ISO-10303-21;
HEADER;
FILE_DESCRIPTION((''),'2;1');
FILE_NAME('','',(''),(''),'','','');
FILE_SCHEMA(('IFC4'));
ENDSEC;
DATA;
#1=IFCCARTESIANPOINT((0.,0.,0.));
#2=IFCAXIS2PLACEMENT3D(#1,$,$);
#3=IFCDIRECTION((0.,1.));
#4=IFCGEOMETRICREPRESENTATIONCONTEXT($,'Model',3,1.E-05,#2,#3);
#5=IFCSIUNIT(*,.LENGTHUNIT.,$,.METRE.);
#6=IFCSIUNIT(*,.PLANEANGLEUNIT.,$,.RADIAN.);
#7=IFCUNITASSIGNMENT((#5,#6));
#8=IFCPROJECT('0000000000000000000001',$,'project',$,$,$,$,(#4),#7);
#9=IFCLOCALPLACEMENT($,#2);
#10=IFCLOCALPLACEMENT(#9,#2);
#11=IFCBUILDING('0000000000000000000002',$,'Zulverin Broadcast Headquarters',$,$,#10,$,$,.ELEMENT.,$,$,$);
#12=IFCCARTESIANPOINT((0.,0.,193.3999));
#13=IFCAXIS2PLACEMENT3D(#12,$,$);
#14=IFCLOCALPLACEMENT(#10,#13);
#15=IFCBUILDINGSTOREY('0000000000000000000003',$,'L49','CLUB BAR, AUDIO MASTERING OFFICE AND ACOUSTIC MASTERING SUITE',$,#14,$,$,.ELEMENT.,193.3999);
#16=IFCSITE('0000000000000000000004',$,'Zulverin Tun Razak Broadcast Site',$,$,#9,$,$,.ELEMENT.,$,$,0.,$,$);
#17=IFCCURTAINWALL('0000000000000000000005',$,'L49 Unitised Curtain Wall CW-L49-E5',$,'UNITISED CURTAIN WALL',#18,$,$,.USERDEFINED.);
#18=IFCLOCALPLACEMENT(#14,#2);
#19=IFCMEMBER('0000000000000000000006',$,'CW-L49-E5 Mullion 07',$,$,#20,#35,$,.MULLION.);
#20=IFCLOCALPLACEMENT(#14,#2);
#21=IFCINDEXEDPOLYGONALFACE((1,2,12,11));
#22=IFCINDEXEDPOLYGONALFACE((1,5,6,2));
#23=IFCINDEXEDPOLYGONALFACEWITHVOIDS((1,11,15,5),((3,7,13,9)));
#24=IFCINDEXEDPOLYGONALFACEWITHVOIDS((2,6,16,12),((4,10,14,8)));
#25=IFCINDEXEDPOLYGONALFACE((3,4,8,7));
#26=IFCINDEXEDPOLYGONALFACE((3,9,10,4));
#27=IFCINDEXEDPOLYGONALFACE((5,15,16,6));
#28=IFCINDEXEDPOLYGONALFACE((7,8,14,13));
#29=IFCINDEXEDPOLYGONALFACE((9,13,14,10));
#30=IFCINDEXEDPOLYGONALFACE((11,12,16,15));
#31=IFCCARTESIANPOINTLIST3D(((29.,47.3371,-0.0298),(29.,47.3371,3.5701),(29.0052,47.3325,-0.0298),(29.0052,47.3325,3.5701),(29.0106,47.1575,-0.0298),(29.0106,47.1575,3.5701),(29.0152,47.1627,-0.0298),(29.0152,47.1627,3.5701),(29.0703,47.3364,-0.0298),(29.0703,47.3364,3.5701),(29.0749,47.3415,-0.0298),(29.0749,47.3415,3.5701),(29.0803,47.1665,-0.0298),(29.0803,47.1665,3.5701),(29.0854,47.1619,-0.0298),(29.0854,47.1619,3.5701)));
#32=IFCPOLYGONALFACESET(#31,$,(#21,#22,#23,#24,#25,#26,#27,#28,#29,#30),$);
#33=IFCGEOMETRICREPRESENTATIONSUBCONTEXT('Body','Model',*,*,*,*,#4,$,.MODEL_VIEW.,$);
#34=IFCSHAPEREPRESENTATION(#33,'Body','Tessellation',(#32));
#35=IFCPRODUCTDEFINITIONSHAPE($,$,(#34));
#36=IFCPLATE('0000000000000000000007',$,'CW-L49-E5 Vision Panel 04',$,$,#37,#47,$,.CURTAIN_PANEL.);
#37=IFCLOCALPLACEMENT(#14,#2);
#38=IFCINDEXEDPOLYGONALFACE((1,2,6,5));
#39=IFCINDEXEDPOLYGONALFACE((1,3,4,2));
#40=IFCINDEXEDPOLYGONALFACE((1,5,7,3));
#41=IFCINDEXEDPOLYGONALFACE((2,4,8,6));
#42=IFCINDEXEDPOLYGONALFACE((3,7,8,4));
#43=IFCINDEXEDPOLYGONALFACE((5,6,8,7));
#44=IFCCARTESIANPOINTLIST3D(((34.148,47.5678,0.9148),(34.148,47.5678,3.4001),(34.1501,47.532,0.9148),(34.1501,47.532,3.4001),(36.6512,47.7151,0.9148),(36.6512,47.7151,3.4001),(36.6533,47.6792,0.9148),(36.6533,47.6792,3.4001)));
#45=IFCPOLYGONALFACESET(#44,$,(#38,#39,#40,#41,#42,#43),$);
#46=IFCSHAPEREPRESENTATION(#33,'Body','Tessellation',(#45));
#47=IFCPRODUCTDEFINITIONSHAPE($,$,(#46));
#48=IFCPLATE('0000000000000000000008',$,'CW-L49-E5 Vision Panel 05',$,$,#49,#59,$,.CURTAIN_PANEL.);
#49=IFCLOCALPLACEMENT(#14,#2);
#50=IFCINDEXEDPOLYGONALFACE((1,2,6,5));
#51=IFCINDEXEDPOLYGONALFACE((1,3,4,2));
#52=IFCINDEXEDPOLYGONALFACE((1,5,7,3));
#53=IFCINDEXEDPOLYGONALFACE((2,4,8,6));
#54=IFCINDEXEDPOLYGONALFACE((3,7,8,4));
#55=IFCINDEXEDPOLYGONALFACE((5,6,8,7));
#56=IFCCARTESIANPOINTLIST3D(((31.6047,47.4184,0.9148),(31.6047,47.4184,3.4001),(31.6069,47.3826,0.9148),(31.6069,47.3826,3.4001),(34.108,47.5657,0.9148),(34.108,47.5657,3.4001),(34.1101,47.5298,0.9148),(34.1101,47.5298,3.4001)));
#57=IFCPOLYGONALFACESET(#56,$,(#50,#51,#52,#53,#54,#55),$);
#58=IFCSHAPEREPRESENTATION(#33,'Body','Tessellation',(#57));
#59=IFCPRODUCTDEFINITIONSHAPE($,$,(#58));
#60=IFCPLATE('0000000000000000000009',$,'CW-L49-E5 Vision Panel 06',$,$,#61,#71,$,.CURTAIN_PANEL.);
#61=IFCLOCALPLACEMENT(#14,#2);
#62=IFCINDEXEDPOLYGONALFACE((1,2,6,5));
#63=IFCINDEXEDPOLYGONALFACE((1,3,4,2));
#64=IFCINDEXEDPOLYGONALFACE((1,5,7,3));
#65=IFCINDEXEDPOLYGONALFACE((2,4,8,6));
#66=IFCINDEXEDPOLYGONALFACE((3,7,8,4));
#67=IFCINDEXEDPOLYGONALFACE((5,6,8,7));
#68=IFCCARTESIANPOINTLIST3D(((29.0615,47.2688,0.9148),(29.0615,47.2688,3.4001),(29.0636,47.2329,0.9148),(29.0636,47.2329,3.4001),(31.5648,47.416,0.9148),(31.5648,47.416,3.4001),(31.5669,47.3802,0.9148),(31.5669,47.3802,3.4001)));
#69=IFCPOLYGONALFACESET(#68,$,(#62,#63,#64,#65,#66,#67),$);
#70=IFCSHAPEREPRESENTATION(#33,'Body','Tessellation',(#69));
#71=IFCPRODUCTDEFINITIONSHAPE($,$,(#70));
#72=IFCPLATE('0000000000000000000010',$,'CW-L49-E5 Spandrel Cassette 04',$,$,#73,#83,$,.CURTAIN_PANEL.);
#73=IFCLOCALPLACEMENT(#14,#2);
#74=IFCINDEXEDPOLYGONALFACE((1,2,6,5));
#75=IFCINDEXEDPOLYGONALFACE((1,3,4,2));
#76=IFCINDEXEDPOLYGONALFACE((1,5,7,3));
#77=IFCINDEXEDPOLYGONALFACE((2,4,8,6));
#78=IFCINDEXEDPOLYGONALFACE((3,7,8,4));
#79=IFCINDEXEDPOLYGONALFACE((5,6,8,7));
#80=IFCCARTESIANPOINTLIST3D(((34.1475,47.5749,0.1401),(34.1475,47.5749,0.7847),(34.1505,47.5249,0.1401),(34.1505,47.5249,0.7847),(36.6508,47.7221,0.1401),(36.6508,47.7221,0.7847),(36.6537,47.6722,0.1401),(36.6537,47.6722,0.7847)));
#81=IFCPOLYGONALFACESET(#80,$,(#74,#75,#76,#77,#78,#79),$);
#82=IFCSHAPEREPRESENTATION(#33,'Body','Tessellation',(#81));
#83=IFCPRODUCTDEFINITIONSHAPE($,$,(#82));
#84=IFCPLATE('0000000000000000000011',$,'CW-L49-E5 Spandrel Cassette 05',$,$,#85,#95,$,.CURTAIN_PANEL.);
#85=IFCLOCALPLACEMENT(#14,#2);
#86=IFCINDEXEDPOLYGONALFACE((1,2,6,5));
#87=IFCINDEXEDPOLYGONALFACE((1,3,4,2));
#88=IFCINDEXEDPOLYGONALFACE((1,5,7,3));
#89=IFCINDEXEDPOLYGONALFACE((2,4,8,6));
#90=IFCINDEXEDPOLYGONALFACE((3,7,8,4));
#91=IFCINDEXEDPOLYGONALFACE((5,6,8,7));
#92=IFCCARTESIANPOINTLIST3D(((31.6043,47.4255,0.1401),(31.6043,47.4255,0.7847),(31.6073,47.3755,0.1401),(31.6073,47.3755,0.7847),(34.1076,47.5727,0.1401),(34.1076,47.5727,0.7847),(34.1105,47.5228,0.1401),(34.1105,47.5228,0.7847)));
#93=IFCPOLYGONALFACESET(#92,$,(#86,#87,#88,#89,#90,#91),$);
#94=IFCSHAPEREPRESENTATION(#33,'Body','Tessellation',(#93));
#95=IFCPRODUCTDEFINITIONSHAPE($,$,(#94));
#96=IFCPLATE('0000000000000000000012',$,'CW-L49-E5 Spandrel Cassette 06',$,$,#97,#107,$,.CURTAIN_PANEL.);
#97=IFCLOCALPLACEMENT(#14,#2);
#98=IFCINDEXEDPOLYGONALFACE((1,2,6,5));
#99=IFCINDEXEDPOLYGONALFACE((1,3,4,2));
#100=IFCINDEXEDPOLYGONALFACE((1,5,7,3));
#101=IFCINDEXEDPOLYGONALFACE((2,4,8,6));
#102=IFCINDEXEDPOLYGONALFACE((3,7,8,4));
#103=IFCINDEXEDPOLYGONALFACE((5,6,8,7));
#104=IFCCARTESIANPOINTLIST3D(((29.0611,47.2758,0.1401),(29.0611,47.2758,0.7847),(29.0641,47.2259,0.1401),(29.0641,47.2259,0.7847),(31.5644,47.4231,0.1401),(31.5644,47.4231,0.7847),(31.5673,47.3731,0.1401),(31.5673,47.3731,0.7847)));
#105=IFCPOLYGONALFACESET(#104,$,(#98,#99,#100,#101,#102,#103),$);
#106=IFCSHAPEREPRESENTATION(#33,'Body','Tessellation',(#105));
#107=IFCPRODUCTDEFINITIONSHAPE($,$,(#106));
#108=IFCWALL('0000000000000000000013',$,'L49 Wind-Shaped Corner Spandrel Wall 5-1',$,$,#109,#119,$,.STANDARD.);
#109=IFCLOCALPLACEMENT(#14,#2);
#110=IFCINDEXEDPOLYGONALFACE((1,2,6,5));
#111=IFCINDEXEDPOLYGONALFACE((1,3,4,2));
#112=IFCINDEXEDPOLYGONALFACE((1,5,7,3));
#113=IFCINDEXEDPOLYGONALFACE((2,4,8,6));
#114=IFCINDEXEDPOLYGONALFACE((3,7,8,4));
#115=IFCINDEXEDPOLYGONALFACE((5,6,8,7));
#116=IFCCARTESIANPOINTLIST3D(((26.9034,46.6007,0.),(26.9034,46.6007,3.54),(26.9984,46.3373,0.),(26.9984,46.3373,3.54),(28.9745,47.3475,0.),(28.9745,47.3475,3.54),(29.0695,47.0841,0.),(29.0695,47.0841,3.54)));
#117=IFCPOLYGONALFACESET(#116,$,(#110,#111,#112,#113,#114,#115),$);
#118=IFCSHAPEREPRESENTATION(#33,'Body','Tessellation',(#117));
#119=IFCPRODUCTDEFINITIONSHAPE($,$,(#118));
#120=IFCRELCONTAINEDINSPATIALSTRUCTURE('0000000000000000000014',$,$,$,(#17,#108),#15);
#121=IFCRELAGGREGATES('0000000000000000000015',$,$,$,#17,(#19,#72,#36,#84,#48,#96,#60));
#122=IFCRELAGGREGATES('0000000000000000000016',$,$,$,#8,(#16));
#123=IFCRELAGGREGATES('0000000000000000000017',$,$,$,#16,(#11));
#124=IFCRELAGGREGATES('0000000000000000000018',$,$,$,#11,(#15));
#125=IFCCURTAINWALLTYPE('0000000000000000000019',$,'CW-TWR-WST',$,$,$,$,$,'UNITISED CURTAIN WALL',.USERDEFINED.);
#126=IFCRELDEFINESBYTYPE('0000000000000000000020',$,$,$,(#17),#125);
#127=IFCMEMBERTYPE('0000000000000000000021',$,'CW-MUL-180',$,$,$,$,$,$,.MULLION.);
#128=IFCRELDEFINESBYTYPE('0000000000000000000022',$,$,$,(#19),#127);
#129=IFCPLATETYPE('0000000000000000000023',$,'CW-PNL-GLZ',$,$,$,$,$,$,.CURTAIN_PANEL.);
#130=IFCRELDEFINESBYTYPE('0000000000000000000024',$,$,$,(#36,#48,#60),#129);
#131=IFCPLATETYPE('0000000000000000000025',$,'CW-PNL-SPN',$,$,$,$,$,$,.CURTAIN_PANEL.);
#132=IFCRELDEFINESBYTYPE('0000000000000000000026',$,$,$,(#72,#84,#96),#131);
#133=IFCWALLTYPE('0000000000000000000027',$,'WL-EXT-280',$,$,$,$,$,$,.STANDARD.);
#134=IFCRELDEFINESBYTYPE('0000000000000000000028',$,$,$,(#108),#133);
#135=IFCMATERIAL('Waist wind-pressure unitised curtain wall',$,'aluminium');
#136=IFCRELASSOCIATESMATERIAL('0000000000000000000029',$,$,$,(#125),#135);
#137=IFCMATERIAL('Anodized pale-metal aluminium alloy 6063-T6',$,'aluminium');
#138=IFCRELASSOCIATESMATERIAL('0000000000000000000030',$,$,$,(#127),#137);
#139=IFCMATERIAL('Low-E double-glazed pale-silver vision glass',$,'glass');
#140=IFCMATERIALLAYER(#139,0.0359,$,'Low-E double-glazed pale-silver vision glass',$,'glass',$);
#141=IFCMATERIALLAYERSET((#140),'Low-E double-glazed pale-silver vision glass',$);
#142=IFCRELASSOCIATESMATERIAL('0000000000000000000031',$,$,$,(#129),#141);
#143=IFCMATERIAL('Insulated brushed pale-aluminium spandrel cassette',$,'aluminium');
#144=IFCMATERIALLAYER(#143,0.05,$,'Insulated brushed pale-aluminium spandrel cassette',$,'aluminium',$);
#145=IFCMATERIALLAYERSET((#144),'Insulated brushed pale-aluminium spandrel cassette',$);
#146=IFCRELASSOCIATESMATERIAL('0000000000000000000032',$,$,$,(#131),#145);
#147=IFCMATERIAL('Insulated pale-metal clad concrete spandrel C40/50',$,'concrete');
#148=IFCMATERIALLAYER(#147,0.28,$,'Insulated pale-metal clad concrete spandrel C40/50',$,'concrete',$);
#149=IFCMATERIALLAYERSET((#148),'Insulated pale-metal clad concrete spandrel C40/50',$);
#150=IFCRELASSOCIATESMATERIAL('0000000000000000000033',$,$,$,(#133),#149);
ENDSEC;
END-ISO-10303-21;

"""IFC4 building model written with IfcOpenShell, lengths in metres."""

from ifc_helpers import new_model, si_unit, direction, frame, frame_2d, origin, origin_2d, place, context, subcontext, project, spatial, rectangle, hollow_rectangle, extrude, material, layer, layer_set, material_profile, profile_set, type_object, element, aggregate, save


model = new_model("IFC4")

# Units and contexts
model_context = context("Model", 3, precision=1e-05, world=origin(), true_north=direction((0.0, 1.0)))
body_context = subcontext(model_context, "Body", "Model", "MODEL_VIEW")
ifc_project = project(units=[si_unit("LENGTHUNIT", "METRE"), si_unit("PLANEANGLEUNIT", "RADIAN")], contexts=[model_context])

# Site, building, storey
site_placement = place(None, origin())
site = spatial("IfcSite", under=ifc_project, at=site_placement, Name="Zulverin Tun Razak Broadcast Site", CompositionType="ELEMENT", RefElevation=0.0)
building_placement = place(site_placement, origin())
building = spatial("IfcBuilding", under=site, at=building_placement, Name="Zulverin Broadcast Headquarters", CompositionType="ELEMENT")
storey_placement = place(building_placement, frame((0.0, 0.0, 193.3999)))
storey = spatial("IfcBuildingStorey", under=building, at=storey_placement, Name="L49", Description="CLUB BAR, AUDIO MASTERING OFFICE AND ACOUSTIC MASTERING SUITE", CompositionType="ELEMENT", Elevation=193.3999)

# Curtain wall, member, plates
ifc_material_1 = material(Name="Waist wind-pressure unitised curtain wall", Category="aluminium")
curtain_wall_type = type_object("IfcCurtainWallType", Name="CW-TWR-WST", ElementType="UNITISED CURTAIN WALL", PredefinedType="USERDEFINED", material=ifc_material_1)
curtain_wall_placement = place(storey_placement, origin())
curtain_wall = element("IfcCurtainWall", 1, at=curtain_wall_placement, inside=storey, type_object=curtain_wall_type, Name="L49 Unitised Curtain Wall CW-L49-E5", ObjectType="UNITISED CURTAIN WALL", PredefinedType="USERDEFINED")
ifc_material_2 = material(Name="Anodized pale-metal aluminium alloy 6063-T6", Category="aluminium")
ifc_material_profile_1 = material_profile(ifc_material_2, hollow_rectangle(XDim=0.075, YDim=0.1799, WallThickness=0.0049, at=origin_2d()), Name="Anodized pale-metal aluminium alloy 6063-T6", Category="aluminium")
ifc_profile_set_1 = profile_set([ifc_material_profile_1], Name="Anodized pale-metal aluminium alloy 6063-T6")
member_type = type_object("IfcMemberType", Name="CW-MUL-180", PredefinedType="MULLION", material=ifc_profile_set_1)
member_1_placement = place(storey_placement, frame((29.0427, 47.2495, -0.0298), z_axis=(0.0, 0.0, 1.0), x_axis=(-0.998274, -0.058723, 0.0)))
member_1 = element("IfcMember", 2, at=member_1_placement, type_object=member_type, Name="CW-L49-E5 Mullion 07", PredefinedType="MULLION", context=body_context, shape_type="SweptSolid", body=[
    extrude(hollow_rectangle(XDim=0.075, YDim=0.1799, WallThickness=0.0049, at=origin_2d()), origin(), (0.0, 0.0, 1.0), 3.5999),
])
ifc_material_3 = material(Name="Low-E double-glazed pale-silver vision glass", Category="glass")
ifc_layer_1 = layer(ifc_material_3, 0.0359, Name="Low-E double-glazed pale-silver vision glass", Category="glass")
ifc_layer_set_1 = layer_set([ifc_layer_1], Name="Low-E double-glazed pale-silver vision glass")
plate_type_1 = type_object("IfcPlateType", Name="CW-PNL-GLZ", PredefinedType="CURTAIN_PANEL", material=ifc_layer_set_1)
plate_1_placement = place(storey_placement, frame((35.4006, 47.6235, 0.9148), z_axis=(0.0, 0.0, 1.0), x_axis=(-0.998274, -0.058723, 0.0)))
plate_1 = element("IfcPlate", 3, at=plate_1_placement, type_object=plate_type_1, Name="CW-L49-E5 Vision Panel 04", PredefinedType="CURTAIN_PANEL", context=body_context, shape_type="SweptSolid", body=[
    extrude(rectangle(XDim=2.5076, YDim=0.0359, at=origin_2d()), origin(), (0.0, 0.0, 1.0), 2.4854),
])
plate_2_placement = place(storey_placement, frame((32.8574, 47.4741, 0.9148), z_axis=(0.0, 0.0, 1.0), x_axis=(-0.998274, -0.058723, 0.0)))
plate_2 = element("IfcPlate", 4, at=plate_2_placement, type_object=plate_type_1, Name="CW-L49-E5 Vision Panel 05", PredefinedType="CURTAIN_PANEL", context=body_context, shape_type="SweptSolid", body=[
    extrude(rectangle(XDim=2.5076, YDim=0.0359, at=origin_2d()), origin(), (0.0, 0.0, 1.0), 2.4854),
])
plate_3_placement = place(storey_placement, frame((30.3142, 47.3245, 0.9148), z_axis=(0.0, 0.0, 1.0), x_axis=(-0.998274, -0.058723, 0.0)))
plate_3 = element("IfcPlate", 5, at=plate_3_placement, type_object=plate_type_1, Name="CW-L49-E5 Vision Panel 06", PredefinedType="CURTAIN_PANEL", context=body_context, shape_type="SweptSolid", body=[
    extrude(rectangle(XDim=2.5076, YDim=0.0359, at=origin_2d()), origin(), (0.0, 0.0, 1.0), 2.4854),
])
ifc_material_4 = material(Name="Insulated brushed pale-aluminium spandrel cassette", Category="aluminium")
ifc_layer_2 = layer(ifc_material_4, 0.05, Name="Insulated brushed pale-aluminium spandrel cassette", Category="aluminium")
ifc_layer_set_2 = layer_set([ifc_layer_2], Name="Insulated brushed pale-aluminium spandrel cassette")
plate_type_2 = type_object("IfcPlateType", Name="CW-PNL-SPN", PredefinedType="CURTAIN_PANEL", material=ifc_layer_set_2)
plate_4_placement = place(storey_placement, frame((35.4006, 47.6235, 0.1401), z_axis=(0.0, 0.0, 1.0), x_axis=(-0.998274, -0.058723, 0.0)))
plate_4 = element("IfcPlate", 6, at=plate_4_placement, type_object=plate_type_2, Name="CW-L49-E5 Spandrel Cassette 04", PredefinedType="CURTAIN_PANEL", context=body_context, shape_type="SweptSolid", body=[
    extrude(rectangle(XDim=2.5076, YDim=0.05, at=origin_2d()), origin(), (0.0, 0.0, 1.0), 0.6445),
])
plate_5_placement = place(storey_placement, frame((32.8574, 47.4741, 0.1401), z_axis=(0.0, 0.0, 1.0), x_axis=(-0.998274, -0.058723, 0.0)))
plate_5 = element("IfcPlate", 7, at=plate_5_placement, type_object=plate_type_2, Name="CW-L49-E5 Spandrel Cassette 05", PredefinedType="CURTAIN_PANEL", context=body_context, shape_type="SweptSolid", body=[
    extrude(rectangle(XDim=2.5076, YDim=0.05, at=origin_2d()), origin(), (0.0, 0.0, 1.0), 0.6445),
])
plate_6_placement = place(storey_placement, frame((30.3142, 47.3245, 0.1401), z_axis=(0.0, 0.0, 1.0), x_axis=(-0.998274, -0.058723, 0.0)))
plate_6 = element("IfcPlate", 8, at=plate_6_placement, type_object=plate_type_2, Name="CW-L49-E5 Spandrel Cassette 06", PredefinedType="CURTAIN_PANEL", context=body_context, shape_type="SweptSolid", body=[
    extrude(rectangle(XDim=2.5076, YDim=0.05, at=origin_2d()), origin(), (0.0, 0.0, 1.0), 0.6445),
])
aggregate(curtain_wall, [member_1, plate_4, plate_1, plate_5, plate_2, plate_6, plate_3])

# Wall
ifc_material_5 = material(Name="Insulated pale-metal clad concrete spandrel C40/50", Category="concrete")
ifc_layer_3 = layer(ifc_material_5, 0.28, Name="Insulated pale-metal clad concrete spandrel C40/50", Category="concrete")
ifc_layer_set_3 = layer_set([ifc_layer_3], Name="Insulated pale-metal clad concrete spandrel C40/50")
wall_type = type_object("IfcWallType", Name="WL-EXT-280", PredefinedType="STANDARD", material=ifc_layer_set_3)
wall_placement = place(storey_placement, frame((29.022, 47.2158, 0.0), z_axis=(0.0, 0.0, 1.0), x_axis=(-0.940706, -0.339222, 0.0)))
element("IfcWall", 9, at=wall_placement, inside=storey, type_object=wall_type, Name="L49 Wind-Shaped Corner Spandrel Wall 5-1", PredefinedType="STANDARD", context=body_context, shape_type="SweptSolid", body=[
    extrude(rectangle(XDim=2.2017, YDim=0.28, at=frame_2d((1.1008, 0.0))), origin(), (0.0, 0.0, 1.0), 3.54),
])

save(model, "model.ifc")
